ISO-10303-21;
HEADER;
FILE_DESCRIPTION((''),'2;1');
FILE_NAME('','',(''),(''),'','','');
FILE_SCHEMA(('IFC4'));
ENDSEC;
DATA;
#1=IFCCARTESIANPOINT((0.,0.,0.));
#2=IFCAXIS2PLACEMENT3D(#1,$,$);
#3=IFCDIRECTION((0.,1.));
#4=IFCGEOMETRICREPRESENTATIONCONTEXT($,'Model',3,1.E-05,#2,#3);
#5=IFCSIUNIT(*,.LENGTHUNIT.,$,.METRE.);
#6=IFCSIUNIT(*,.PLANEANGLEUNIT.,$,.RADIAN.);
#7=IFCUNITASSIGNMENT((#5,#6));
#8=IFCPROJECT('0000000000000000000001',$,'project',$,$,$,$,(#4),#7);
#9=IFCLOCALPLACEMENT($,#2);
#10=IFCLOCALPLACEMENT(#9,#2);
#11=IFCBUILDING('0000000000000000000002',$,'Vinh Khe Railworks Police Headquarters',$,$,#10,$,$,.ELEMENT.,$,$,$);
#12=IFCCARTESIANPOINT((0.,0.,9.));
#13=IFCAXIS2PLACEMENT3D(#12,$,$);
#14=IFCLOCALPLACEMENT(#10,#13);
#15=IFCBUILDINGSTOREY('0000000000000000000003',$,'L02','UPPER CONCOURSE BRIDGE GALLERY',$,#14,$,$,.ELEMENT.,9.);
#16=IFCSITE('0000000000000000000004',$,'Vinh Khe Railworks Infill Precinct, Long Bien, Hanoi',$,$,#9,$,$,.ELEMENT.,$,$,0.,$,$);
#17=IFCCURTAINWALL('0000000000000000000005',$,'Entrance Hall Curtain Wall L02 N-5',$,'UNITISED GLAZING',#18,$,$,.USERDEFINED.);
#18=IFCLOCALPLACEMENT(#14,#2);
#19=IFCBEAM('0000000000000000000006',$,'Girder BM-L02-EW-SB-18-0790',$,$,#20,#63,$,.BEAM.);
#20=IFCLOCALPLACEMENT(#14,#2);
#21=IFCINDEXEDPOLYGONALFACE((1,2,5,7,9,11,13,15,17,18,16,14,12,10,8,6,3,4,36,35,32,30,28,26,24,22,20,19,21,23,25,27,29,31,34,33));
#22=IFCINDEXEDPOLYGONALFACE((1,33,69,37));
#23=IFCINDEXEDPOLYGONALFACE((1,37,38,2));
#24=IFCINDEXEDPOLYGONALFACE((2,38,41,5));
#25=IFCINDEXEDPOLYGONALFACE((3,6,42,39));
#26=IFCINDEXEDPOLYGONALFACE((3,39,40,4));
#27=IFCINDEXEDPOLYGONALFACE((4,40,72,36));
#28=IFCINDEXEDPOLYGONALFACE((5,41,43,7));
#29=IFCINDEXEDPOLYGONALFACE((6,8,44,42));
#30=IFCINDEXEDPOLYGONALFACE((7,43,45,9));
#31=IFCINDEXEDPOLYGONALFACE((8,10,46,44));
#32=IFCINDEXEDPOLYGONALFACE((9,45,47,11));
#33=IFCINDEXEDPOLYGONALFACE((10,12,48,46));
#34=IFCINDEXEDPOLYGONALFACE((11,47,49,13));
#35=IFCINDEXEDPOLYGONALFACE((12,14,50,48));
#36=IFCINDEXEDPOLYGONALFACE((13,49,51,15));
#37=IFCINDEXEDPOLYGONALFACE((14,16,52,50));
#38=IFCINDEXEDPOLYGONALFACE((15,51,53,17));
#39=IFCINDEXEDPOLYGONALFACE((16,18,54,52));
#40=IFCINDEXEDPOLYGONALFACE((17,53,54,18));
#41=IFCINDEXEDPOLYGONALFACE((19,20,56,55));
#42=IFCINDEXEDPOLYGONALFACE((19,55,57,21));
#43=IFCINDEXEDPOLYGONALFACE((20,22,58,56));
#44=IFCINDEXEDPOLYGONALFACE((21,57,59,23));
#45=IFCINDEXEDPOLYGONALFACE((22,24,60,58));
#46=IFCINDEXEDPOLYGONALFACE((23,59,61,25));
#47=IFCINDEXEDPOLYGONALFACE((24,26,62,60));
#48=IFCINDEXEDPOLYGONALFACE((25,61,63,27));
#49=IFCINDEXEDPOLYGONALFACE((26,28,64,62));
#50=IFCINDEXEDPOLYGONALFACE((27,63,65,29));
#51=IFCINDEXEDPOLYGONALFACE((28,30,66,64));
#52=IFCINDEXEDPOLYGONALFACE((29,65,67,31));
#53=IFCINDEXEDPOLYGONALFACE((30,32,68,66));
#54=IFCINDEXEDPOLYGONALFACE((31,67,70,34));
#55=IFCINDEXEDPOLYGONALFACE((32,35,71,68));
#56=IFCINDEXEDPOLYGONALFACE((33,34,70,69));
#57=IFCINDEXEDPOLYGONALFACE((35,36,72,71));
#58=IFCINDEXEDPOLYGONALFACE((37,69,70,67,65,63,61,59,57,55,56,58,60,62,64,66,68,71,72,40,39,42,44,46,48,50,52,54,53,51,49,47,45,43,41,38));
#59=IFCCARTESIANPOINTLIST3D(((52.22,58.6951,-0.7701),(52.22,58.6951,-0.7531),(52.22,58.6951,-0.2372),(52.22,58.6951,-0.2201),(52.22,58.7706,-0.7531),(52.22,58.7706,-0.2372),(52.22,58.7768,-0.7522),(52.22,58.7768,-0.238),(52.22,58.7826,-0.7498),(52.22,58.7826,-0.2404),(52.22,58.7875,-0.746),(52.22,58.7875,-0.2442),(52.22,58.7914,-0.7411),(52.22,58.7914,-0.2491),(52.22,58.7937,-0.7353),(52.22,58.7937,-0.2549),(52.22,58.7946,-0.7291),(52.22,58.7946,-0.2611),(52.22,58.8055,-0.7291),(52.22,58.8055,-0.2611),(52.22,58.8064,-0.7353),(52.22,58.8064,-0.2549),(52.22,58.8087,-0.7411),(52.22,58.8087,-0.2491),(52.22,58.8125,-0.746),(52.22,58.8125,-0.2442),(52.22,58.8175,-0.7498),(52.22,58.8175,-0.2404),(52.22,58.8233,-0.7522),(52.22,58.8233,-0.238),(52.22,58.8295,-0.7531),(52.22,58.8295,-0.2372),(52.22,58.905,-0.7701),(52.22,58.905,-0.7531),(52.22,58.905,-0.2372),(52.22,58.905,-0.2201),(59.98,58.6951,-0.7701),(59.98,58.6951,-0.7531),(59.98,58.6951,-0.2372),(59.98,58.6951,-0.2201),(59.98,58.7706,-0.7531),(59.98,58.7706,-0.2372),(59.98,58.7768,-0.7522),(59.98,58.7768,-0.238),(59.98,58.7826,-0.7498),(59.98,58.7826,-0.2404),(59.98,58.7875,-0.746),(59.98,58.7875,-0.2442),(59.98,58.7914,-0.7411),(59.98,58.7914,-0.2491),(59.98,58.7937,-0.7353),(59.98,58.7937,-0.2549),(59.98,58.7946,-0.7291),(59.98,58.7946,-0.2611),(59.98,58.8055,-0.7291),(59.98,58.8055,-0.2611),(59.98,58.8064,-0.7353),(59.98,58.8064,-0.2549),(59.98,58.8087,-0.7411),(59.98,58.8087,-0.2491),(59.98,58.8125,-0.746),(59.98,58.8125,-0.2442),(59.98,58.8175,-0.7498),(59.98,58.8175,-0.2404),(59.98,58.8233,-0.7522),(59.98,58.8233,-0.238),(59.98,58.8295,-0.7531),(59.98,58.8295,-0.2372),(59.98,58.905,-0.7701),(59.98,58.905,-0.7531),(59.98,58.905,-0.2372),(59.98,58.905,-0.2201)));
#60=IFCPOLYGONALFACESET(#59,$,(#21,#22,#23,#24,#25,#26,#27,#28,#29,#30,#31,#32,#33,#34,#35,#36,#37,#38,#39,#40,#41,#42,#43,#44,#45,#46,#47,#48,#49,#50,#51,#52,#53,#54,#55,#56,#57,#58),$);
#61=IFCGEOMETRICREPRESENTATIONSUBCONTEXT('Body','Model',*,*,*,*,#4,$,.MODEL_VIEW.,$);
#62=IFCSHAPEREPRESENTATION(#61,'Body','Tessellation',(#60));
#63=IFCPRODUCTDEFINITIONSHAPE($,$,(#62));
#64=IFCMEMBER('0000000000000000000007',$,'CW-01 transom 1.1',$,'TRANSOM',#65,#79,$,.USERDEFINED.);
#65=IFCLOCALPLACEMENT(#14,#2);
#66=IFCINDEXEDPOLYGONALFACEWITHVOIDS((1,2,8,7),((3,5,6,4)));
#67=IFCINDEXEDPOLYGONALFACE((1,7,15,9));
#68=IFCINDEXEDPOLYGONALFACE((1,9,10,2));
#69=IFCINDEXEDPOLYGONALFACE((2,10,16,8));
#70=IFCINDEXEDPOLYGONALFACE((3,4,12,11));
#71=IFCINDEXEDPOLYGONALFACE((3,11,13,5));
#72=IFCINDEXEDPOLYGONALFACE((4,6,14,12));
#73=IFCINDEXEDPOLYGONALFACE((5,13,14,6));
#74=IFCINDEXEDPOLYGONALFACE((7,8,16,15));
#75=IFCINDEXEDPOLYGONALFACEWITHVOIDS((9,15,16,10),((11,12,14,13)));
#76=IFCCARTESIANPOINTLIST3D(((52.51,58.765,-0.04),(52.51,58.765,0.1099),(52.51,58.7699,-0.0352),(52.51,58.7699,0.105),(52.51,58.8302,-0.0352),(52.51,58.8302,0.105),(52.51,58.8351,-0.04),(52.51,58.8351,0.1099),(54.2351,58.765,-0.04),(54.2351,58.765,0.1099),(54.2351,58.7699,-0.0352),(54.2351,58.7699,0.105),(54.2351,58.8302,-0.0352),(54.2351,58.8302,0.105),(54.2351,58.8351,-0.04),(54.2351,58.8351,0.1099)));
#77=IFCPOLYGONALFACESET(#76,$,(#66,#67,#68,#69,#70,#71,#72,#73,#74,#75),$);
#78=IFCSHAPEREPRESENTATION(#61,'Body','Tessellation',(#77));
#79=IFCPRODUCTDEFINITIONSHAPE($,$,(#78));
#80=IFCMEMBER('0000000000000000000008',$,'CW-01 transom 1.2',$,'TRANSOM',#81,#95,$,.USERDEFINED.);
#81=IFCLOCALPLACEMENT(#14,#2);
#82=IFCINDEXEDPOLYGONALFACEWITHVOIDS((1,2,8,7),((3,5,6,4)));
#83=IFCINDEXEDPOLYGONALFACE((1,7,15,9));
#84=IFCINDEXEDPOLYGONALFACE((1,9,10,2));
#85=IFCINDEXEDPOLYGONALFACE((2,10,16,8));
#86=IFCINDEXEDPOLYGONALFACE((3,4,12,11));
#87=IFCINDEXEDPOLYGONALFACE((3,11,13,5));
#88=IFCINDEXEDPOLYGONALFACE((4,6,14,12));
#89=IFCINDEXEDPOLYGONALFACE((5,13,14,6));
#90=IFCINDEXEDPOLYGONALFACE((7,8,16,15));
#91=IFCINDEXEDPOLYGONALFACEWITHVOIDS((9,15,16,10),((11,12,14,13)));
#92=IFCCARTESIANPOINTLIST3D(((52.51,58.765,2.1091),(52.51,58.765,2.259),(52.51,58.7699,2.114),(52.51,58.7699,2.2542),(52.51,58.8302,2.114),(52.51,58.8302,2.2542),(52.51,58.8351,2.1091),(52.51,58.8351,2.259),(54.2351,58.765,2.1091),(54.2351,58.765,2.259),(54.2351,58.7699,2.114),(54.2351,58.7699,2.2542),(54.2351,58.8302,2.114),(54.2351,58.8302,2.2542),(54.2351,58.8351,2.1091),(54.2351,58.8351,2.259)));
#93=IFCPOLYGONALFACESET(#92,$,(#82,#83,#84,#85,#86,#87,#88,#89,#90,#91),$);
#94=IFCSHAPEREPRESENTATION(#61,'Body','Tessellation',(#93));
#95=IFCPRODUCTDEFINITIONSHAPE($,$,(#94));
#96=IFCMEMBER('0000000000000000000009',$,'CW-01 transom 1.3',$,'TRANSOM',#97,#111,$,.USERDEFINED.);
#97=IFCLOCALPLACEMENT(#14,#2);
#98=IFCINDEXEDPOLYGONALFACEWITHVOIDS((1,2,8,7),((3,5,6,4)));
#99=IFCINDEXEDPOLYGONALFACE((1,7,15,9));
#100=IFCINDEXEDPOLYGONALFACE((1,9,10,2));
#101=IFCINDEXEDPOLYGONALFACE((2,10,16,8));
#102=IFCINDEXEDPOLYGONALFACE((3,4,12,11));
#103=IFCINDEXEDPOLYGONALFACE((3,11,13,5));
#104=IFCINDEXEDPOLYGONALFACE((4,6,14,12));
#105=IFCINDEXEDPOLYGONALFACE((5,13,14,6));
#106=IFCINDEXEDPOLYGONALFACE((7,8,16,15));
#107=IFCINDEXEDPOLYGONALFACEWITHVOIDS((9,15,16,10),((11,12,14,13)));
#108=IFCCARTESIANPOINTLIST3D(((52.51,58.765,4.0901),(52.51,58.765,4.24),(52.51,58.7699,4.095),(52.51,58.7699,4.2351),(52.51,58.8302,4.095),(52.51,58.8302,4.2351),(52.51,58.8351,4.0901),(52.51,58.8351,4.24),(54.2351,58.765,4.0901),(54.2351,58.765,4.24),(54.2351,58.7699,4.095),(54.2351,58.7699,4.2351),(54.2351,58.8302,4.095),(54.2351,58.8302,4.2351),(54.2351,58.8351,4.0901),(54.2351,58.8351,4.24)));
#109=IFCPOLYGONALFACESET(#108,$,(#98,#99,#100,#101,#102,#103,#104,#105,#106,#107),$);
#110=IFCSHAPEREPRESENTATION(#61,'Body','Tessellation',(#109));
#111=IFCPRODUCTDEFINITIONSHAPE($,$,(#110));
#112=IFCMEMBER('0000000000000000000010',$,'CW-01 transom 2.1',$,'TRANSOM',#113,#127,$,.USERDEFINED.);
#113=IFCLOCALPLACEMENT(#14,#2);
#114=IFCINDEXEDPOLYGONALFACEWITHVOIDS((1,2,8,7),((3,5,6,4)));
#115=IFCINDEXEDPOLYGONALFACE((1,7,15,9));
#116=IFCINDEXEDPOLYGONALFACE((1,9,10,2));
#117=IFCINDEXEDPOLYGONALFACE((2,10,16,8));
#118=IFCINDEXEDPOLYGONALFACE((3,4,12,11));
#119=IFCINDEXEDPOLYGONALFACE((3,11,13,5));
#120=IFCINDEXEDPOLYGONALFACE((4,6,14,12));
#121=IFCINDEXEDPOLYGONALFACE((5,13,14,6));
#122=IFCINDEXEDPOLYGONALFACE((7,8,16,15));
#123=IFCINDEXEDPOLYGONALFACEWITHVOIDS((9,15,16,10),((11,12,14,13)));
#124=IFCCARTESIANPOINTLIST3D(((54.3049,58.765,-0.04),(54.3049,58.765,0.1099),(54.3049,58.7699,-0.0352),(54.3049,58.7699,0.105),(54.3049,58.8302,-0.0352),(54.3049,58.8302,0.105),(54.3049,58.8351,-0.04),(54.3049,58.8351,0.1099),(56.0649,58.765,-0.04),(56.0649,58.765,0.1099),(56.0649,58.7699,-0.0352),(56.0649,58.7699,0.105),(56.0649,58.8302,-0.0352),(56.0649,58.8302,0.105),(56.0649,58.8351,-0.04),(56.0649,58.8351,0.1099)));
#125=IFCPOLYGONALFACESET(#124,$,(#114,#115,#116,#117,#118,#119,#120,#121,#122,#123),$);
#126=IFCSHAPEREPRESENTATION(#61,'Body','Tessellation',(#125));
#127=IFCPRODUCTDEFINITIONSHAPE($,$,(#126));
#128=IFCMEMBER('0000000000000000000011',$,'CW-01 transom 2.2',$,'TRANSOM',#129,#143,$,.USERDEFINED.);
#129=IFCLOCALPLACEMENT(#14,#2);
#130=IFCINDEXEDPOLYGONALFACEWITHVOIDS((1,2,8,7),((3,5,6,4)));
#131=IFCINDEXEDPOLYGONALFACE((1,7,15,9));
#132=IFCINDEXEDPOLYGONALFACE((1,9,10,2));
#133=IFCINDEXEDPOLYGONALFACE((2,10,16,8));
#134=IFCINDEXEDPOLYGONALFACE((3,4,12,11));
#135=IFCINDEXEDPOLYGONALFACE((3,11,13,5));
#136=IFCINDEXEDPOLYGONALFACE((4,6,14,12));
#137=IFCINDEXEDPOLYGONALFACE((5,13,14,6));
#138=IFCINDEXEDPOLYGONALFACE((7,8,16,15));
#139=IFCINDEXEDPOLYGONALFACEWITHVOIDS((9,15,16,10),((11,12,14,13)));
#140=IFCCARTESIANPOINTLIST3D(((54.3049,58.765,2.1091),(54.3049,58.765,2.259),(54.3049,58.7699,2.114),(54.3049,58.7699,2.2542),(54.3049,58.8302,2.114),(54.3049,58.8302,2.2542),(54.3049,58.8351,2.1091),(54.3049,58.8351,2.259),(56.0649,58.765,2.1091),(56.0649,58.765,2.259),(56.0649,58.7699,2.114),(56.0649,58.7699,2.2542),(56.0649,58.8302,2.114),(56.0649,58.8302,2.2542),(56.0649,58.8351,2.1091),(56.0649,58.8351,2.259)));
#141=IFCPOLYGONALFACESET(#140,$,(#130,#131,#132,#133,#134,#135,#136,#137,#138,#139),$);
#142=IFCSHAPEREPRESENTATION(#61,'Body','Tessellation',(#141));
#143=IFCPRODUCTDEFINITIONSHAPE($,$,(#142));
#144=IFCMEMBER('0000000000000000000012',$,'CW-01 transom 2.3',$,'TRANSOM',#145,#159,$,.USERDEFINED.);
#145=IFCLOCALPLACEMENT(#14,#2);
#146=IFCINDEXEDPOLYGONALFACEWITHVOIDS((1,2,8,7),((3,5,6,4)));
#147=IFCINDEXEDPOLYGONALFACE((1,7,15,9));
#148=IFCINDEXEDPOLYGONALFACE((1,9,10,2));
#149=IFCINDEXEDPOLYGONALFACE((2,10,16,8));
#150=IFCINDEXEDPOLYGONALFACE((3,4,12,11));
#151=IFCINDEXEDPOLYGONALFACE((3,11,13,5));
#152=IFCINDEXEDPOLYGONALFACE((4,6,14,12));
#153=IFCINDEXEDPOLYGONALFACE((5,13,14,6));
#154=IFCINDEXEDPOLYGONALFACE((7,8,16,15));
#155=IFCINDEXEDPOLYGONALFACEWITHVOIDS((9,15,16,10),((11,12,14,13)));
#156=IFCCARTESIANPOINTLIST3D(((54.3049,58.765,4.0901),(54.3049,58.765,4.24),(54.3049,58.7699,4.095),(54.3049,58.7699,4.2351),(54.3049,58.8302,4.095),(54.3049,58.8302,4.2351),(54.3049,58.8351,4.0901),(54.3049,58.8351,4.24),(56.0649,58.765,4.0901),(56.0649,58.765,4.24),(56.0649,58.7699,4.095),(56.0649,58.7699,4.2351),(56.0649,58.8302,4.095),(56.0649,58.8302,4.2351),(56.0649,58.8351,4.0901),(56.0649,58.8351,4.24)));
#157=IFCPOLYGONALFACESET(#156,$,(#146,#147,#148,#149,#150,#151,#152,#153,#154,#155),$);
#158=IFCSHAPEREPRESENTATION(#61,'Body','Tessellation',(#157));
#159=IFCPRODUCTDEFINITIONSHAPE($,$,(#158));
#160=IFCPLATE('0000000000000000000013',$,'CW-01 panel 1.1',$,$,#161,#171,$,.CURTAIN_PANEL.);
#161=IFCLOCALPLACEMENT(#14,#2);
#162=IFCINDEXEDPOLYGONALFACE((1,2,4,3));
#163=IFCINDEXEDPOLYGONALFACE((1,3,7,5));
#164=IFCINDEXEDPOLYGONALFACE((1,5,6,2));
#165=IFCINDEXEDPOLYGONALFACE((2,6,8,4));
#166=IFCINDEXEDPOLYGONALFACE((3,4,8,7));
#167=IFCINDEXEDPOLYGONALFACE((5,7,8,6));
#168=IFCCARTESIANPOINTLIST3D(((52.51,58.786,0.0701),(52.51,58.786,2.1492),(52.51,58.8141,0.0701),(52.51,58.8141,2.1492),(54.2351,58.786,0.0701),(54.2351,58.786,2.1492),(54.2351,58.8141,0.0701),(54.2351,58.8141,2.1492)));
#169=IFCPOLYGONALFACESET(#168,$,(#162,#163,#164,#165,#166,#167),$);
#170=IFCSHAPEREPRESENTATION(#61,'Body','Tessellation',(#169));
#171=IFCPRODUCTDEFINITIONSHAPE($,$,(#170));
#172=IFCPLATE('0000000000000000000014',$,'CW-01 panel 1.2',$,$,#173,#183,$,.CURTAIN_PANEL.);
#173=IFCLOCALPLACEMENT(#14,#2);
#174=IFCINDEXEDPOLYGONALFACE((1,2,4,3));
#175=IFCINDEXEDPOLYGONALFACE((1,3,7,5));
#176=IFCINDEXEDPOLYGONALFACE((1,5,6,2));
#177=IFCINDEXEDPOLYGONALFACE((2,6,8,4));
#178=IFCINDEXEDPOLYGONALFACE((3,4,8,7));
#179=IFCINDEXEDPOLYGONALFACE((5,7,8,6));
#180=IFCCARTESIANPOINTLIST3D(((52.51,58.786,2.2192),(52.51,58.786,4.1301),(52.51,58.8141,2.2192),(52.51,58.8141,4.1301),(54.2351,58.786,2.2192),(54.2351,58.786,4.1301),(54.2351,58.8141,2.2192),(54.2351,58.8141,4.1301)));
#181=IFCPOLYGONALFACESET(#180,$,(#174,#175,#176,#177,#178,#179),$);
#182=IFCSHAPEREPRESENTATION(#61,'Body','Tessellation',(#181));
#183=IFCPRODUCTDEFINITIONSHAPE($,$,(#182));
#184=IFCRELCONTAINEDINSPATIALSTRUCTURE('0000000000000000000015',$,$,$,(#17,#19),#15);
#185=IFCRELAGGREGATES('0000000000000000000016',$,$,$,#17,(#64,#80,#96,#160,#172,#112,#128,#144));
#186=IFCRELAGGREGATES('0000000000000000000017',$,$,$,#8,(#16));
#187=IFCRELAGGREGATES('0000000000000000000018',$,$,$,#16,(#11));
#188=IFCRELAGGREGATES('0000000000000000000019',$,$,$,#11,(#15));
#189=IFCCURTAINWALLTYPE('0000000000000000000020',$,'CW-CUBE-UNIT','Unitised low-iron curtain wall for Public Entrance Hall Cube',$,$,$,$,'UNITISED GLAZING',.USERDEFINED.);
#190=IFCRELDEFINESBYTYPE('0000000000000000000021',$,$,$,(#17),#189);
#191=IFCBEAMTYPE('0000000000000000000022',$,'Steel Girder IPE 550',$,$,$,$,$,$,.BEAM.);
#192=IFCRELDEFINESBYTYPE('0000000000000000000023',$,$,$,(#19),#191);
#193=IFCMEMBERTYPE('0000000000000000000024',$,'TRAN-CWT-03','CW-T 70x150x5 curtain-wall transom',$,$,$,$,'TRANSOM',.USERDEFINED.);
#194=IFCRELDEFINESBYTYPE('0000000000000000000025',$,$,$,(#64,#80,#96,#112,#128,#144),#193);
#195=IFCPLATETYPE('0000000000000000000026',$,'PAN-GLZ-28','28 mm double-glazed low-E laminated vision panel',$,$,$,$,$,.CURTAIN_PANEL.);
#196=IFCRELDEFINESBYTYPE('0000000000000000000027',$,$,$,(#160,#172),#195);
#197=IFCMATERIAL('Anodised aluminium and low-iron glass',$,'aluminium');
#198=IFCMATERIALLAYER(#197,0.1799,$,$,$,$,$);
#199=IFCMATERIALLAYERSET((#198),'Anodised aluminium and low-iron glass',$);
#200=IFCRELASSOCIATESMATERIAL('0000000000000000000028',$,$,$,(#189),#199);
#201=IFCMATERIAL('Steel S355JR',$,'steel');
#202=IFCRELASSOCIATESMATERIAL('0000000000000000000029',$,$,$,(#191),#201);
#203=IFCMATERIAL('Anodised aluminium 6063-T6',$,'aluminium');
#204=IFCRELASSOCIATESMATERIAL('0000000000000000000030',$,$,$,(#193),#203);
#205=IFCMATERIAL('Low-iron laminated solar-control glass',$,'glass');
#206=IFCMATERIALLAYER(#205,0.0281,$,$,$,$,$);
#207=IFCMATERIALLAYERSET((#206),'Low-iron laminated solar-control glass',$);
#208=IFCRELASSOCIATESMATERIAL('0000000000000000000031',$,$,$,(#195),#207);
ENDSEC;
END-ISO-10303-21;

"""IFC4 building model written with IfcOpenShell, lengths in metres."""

from ifc_helpers import new_model, si_unit, direction, frame, origin, origin_2d, place, context, subcontext, project, spatial, rectangle, hollow_rectangle, i_section, extrude, material, layer, layer_set, material_profile, profile_set, type_object, element, aggregate, save


model = new_model("IFC4")

# Units and contexts
model_context = context("Model", 3, precision=1e-05, world=origin(), true_north=direction((0.0, 1.0)))
body_context = subcontext(model_context, "Body", "Model", "MODEL_VIEW")
ifc_project = project(units=[si_unit("LENGTHUNIT", "METRE"), si_unit("PLANEANGLEUNIT", "RADIAN")], contexts=[model_context])

# Site, building, storey
site_placement = place(None, origin())
site = spatial("IfcSite", under=ifc_project, at=site_placement, Name="Vinh Khe Railworks Infill Precinct, Long Bien, Hanoi", CompositionType="ELEMENT", RefElevation=0.0)
building_placement = place(site_placement, origin())
building = spatial("IfcBuilding", under=site, at=building_placement, Name="Vinh Khe Railworks Police Headquarters", CompositionType="ELEMENT")
storey_placement = place(building_placement, frame((0.0, 0.0, 9.0)))
storey = spatial("IfcBuildingStorey", under=building, at=storey_placement, Name="L02", Description="UPPER CONCOURSE BRIDGE GALLERY", CompositionType="ELEMENT", Elevation=9.0)

# Shared definitions
ifc_material_1 = material(Name="Steel S355JR", Category="steel")

# Curtain wall
ifc_material_2 = material(Name="Anodised aluminium and low-iron glass", Category="aluminium")
ifc_layer_1 = layer(ifc_material_2, 0.1799)
ifc_layer_set_1 = layer_set([ifc_layer_1], Name="Anodised aluminium and low-iron glass")
curtain_wall_type = type_object("IfcCurtainWallType", Name="CW-CUBE-UNIT", Description="Unitised low-iron curtain wall for Public Entrance Hall Cube", ElementType="UNITISED GLAZING", PredefinedType="USERDEFINED", material=ifc_layer_set_1)
curtain_wall_placement = place(storey_placement, origin())
curtain_wall = element("IfcCurtainWall", 1, at=curtain_wall_placement, inside=storey, type_object=curtain_wall_type, Name="Entrance Hall Curtain Wall L02 N-5", ObjectType="UNITISED GLAZING", PredefinedType="USERDEFINED")
ifc_material_3 = material(Name="Anodised aluminium 6063-T6", Category="aluminium")

# Beam
ifc_material_profile_1 = material_profile(ifc_material_1, i_section(OverallWidth=0.21, OverallDepth=0.55, WebThickness=0.011, FlangeThickness=0.0171, FilletRadius=0.0239, at=origin_2d()), Name="IPE 550")
ifc_profile_set_1 = profile_set([ifc_material_profile_1], Name="Steel S355JR")
beam_type = type_object("IfcBeamType", Name="Steel Girder IPE 550", PredefinedType="BEAM", material=ifc_profile_set_1)
beam_placement = place(storey_placement, frame((52.22, 58.8, -0.4951), z_axis=(1.0, 0.0, 0.0), x_axis=(0.0, 1.0, 0.0)))
element("IfcBeam", 2, at=beam_placement, inside=storey, type_object=beam_type, Name="Girder BM-L02-EW-SB-18-0790", PredefinedType="BEAM", context=body_context, shape_type="SweptSolid", body=[
    extrude(i_section(OverallWidth=0.21, OverallDepth=0.55, WebThickness=0.011, FlangeThickness=0.0171, FilletRadius=0.0239, at=origin_2d()), origin(), (0.0, 0.0, 1.0), 7.76),
])

# Members
ifc_material_profile_2 = material_profile(ifc_material_3, hollow_rectangle(XDim=0.0701, YDim=0.1499, WallThickness=0.0049, at=origin_2d()), Name="CW-T 70x150x5")
ifc_profile_set_2 = profile_set([ifc_material_profile_2], Name="Anodised aluminium 6063-T6")
member_type_1 = type_object("IfcMemberType", Name="TRAN-CWT-03", Description="CW-T 70x150x5 curtain-wall transom", ElementType="TRANSOM", PredefinedType="USERDEFINED", material=ifc_profile_set_2)
member_1_placement = place(storey_placement, frame((52.51, 58.8, 0.0349), z_axis=(1.0, 0.0, 0.0), x_axis=(0.0, 1.0, 0.0)))
member_1 = element("IfcMember", 3, at=member_1_placement, type_object=member_type_1, Name="CW-01 transom 1.1", ObjectType="TRANSOM", PredefinedType="USERDEFINED", context=body_context, shape_type="SweptSolid", body=[
    extrude(hollow_rectangle(XDim=0.0701, YDim=0.1499, WallThickness=0.0049, at=origin_2d()), origin(), (0.0, 0.0, 1.0), 1.7251),
])
member_2_placement = place(storey_placement, frame((52.51, 58.8, 2.1841), z_axis=(1.0, 0.0, 0.0), x_axis=(0.0, 1.0, 0.0)))
member_2 = element("IfcMember", 4, at=member_2_placement, type_object=member_type_1, Name="CW-01 transom 1.2", ObjectType="TRANSOM", PredefinedType="USERDEFINED", context=body_context, shape_type="SweptSolid", body=[
    extrude(hollow_rectangle(XDim=0.0701, YDim=0.1499, WallThickness=0.0049, at=origin_2d()), origin(), (0.0, 0.0, 1.0), 1.7251),
])
member_3_placement = place(storey_placement, frame((52.51, 58.8, 4.165), z_axis=(1.0, 0.0, 0.0), x_axis=(0.0, 1.0, 0.0)))
member_3 = element("IfcMember", 5, at=member_3_placement, type_object=member_type_1, Name="CW-01 transom 1.3", ObjectType="TRANSOM", PredefinedType="USERDEFINED", context=body_context, shape_type="SweptSolid", body=[
    extrude(hollow_rectangle(XDim=0.0701, YDim=0.1499, WallThickness=0.0049, at=origin_2d()), origin(), (0.0, 0.0, 1.0), 1.7251),
])
member_4_placement = place(storey_placement, frame((54.3049, 58.8, 0.0349), z_axis=(1.0, 0.0, 0.0), x_axis=(0.0, 1.0, 0.0)))
member_4 = element("IfcMember", 6, at=member_4_placement, type_object=member_type_1, Name="CW-01 transom 2.1", ObjectType="TRANSOM", PredefinedType="USERDEFINED", context=body_context, shape_type="SweptSolid", body=[
    extrude(hollow_rectangle(XDim=0.0701, YDim=0.1499, WallThickness=0.0049, at=origin_2d()), origin(), (0.0, 0.0, 1.0), 1.76),
])
member_5_placement = place(storey_placement, frame((54.3049, 58.8, 2.1841), z_axis=(1.0, 0.0, 0.0), x_axis=(0.0, 1.0, 0.0)))
member_5 = element("IfcMember", 7, at=member_5_placement, type_object=member_type_1, Name="CW-01 transom 2.2", ObjectType="TRANSOM", PredefinedType="USERDEFINED", context=body_context, shape_type="SweptSolid", body=[
    extrude(hollow_rectangle(XDim=0.0701, YDim=0.1499, WallThickness=0.0049, at=origin_2d()), origin(), (0.0, 0.0, 1.0), 1.76),
])
member_6_placement = place(storey_placement, frame((54.3049, 58.8, 4.165), z_axis=(1.0, 0.0, 0.0), x_axis=(0.0, 1.0, 0.0)))
member_6 = element("IfcMember", 8, at=member_6_placement, type_object=member_type_1, Name="CW-01 transom 2.3", ObjectType="TRANSOM", PredefinedType="USERDEFINED", context=body_context, shape_type="SweptSolid", body=[
    extrude(hollow_rectangle(XDim=0.0701, YDim=0.1499, WallThickness=0.0049, at=origin_2d()), origin(), (0.0, 0.0, 1.0), 1.76),
])

# Plates
ifc_material_4 = material(Name="Low-iron laminated solar-control glass", Category="glass")
ifc_layer_2 = layer(ifc_material_4, 0.0281)
ifc_layer_set_2 = layer_set([ifc_layer_2], Name="Low-iron laminated solar-control glass")
plate_type_1 = type_object("IfcPlateType", Name="PAN-GLZ-28", Description="28 mm double-glazed low-E laminated vision panel", PredefinedType="CURTAIN_PANEL", material=ifc_layer_set_2)
plate_1_placement = place(storey_placement, frame((53.3726, 58.8, 0.0701), z_axis=(0.0, 0.0, 1.0), x_axis=(1.0, 0.0, 0.0)))
plate_1 = element("IfcPlate", 9, at=plate_1_placement, type_object=plate_type_1, Name="CW-01 panel 1.1", PredefinedType="CURTAIN_PANEL", context=body_context, shape_type="SweptSolid", body=[
    extrude(rectangle(XDim=1.7251, YDim=0.0281, at=origin_2d()), origin(), (0.0, 0.0, 1.0), 2.0791),
])
plate_2_placement = place(storey_placement, frame((53.3726, 58.8, 2.2192), z_axis=(0.0, 0.0, 1.0), x_axis=(1.0, 0.0, 0.0)))
plate_2 = element("IfcPlate", 10, at=plate_2_placement, type_object=plate_type_1, Name="CW-01 panel 1.2", PredefinedType="CURTAIN_PANEL", context=body_context, shape_type="SweptSolid", body=[
    extrude(rectangle(XDim=1.7251, YDim=0.0281, at=origin_2d()), origin(), (0.0, 0.0, 1.0), 1.9109),
])
aggregate(curtain_wall, [member_1, member_2, member_3, plate_1, plate_2, member_4, member_5, member_6])

save(model, "model.ifc")
